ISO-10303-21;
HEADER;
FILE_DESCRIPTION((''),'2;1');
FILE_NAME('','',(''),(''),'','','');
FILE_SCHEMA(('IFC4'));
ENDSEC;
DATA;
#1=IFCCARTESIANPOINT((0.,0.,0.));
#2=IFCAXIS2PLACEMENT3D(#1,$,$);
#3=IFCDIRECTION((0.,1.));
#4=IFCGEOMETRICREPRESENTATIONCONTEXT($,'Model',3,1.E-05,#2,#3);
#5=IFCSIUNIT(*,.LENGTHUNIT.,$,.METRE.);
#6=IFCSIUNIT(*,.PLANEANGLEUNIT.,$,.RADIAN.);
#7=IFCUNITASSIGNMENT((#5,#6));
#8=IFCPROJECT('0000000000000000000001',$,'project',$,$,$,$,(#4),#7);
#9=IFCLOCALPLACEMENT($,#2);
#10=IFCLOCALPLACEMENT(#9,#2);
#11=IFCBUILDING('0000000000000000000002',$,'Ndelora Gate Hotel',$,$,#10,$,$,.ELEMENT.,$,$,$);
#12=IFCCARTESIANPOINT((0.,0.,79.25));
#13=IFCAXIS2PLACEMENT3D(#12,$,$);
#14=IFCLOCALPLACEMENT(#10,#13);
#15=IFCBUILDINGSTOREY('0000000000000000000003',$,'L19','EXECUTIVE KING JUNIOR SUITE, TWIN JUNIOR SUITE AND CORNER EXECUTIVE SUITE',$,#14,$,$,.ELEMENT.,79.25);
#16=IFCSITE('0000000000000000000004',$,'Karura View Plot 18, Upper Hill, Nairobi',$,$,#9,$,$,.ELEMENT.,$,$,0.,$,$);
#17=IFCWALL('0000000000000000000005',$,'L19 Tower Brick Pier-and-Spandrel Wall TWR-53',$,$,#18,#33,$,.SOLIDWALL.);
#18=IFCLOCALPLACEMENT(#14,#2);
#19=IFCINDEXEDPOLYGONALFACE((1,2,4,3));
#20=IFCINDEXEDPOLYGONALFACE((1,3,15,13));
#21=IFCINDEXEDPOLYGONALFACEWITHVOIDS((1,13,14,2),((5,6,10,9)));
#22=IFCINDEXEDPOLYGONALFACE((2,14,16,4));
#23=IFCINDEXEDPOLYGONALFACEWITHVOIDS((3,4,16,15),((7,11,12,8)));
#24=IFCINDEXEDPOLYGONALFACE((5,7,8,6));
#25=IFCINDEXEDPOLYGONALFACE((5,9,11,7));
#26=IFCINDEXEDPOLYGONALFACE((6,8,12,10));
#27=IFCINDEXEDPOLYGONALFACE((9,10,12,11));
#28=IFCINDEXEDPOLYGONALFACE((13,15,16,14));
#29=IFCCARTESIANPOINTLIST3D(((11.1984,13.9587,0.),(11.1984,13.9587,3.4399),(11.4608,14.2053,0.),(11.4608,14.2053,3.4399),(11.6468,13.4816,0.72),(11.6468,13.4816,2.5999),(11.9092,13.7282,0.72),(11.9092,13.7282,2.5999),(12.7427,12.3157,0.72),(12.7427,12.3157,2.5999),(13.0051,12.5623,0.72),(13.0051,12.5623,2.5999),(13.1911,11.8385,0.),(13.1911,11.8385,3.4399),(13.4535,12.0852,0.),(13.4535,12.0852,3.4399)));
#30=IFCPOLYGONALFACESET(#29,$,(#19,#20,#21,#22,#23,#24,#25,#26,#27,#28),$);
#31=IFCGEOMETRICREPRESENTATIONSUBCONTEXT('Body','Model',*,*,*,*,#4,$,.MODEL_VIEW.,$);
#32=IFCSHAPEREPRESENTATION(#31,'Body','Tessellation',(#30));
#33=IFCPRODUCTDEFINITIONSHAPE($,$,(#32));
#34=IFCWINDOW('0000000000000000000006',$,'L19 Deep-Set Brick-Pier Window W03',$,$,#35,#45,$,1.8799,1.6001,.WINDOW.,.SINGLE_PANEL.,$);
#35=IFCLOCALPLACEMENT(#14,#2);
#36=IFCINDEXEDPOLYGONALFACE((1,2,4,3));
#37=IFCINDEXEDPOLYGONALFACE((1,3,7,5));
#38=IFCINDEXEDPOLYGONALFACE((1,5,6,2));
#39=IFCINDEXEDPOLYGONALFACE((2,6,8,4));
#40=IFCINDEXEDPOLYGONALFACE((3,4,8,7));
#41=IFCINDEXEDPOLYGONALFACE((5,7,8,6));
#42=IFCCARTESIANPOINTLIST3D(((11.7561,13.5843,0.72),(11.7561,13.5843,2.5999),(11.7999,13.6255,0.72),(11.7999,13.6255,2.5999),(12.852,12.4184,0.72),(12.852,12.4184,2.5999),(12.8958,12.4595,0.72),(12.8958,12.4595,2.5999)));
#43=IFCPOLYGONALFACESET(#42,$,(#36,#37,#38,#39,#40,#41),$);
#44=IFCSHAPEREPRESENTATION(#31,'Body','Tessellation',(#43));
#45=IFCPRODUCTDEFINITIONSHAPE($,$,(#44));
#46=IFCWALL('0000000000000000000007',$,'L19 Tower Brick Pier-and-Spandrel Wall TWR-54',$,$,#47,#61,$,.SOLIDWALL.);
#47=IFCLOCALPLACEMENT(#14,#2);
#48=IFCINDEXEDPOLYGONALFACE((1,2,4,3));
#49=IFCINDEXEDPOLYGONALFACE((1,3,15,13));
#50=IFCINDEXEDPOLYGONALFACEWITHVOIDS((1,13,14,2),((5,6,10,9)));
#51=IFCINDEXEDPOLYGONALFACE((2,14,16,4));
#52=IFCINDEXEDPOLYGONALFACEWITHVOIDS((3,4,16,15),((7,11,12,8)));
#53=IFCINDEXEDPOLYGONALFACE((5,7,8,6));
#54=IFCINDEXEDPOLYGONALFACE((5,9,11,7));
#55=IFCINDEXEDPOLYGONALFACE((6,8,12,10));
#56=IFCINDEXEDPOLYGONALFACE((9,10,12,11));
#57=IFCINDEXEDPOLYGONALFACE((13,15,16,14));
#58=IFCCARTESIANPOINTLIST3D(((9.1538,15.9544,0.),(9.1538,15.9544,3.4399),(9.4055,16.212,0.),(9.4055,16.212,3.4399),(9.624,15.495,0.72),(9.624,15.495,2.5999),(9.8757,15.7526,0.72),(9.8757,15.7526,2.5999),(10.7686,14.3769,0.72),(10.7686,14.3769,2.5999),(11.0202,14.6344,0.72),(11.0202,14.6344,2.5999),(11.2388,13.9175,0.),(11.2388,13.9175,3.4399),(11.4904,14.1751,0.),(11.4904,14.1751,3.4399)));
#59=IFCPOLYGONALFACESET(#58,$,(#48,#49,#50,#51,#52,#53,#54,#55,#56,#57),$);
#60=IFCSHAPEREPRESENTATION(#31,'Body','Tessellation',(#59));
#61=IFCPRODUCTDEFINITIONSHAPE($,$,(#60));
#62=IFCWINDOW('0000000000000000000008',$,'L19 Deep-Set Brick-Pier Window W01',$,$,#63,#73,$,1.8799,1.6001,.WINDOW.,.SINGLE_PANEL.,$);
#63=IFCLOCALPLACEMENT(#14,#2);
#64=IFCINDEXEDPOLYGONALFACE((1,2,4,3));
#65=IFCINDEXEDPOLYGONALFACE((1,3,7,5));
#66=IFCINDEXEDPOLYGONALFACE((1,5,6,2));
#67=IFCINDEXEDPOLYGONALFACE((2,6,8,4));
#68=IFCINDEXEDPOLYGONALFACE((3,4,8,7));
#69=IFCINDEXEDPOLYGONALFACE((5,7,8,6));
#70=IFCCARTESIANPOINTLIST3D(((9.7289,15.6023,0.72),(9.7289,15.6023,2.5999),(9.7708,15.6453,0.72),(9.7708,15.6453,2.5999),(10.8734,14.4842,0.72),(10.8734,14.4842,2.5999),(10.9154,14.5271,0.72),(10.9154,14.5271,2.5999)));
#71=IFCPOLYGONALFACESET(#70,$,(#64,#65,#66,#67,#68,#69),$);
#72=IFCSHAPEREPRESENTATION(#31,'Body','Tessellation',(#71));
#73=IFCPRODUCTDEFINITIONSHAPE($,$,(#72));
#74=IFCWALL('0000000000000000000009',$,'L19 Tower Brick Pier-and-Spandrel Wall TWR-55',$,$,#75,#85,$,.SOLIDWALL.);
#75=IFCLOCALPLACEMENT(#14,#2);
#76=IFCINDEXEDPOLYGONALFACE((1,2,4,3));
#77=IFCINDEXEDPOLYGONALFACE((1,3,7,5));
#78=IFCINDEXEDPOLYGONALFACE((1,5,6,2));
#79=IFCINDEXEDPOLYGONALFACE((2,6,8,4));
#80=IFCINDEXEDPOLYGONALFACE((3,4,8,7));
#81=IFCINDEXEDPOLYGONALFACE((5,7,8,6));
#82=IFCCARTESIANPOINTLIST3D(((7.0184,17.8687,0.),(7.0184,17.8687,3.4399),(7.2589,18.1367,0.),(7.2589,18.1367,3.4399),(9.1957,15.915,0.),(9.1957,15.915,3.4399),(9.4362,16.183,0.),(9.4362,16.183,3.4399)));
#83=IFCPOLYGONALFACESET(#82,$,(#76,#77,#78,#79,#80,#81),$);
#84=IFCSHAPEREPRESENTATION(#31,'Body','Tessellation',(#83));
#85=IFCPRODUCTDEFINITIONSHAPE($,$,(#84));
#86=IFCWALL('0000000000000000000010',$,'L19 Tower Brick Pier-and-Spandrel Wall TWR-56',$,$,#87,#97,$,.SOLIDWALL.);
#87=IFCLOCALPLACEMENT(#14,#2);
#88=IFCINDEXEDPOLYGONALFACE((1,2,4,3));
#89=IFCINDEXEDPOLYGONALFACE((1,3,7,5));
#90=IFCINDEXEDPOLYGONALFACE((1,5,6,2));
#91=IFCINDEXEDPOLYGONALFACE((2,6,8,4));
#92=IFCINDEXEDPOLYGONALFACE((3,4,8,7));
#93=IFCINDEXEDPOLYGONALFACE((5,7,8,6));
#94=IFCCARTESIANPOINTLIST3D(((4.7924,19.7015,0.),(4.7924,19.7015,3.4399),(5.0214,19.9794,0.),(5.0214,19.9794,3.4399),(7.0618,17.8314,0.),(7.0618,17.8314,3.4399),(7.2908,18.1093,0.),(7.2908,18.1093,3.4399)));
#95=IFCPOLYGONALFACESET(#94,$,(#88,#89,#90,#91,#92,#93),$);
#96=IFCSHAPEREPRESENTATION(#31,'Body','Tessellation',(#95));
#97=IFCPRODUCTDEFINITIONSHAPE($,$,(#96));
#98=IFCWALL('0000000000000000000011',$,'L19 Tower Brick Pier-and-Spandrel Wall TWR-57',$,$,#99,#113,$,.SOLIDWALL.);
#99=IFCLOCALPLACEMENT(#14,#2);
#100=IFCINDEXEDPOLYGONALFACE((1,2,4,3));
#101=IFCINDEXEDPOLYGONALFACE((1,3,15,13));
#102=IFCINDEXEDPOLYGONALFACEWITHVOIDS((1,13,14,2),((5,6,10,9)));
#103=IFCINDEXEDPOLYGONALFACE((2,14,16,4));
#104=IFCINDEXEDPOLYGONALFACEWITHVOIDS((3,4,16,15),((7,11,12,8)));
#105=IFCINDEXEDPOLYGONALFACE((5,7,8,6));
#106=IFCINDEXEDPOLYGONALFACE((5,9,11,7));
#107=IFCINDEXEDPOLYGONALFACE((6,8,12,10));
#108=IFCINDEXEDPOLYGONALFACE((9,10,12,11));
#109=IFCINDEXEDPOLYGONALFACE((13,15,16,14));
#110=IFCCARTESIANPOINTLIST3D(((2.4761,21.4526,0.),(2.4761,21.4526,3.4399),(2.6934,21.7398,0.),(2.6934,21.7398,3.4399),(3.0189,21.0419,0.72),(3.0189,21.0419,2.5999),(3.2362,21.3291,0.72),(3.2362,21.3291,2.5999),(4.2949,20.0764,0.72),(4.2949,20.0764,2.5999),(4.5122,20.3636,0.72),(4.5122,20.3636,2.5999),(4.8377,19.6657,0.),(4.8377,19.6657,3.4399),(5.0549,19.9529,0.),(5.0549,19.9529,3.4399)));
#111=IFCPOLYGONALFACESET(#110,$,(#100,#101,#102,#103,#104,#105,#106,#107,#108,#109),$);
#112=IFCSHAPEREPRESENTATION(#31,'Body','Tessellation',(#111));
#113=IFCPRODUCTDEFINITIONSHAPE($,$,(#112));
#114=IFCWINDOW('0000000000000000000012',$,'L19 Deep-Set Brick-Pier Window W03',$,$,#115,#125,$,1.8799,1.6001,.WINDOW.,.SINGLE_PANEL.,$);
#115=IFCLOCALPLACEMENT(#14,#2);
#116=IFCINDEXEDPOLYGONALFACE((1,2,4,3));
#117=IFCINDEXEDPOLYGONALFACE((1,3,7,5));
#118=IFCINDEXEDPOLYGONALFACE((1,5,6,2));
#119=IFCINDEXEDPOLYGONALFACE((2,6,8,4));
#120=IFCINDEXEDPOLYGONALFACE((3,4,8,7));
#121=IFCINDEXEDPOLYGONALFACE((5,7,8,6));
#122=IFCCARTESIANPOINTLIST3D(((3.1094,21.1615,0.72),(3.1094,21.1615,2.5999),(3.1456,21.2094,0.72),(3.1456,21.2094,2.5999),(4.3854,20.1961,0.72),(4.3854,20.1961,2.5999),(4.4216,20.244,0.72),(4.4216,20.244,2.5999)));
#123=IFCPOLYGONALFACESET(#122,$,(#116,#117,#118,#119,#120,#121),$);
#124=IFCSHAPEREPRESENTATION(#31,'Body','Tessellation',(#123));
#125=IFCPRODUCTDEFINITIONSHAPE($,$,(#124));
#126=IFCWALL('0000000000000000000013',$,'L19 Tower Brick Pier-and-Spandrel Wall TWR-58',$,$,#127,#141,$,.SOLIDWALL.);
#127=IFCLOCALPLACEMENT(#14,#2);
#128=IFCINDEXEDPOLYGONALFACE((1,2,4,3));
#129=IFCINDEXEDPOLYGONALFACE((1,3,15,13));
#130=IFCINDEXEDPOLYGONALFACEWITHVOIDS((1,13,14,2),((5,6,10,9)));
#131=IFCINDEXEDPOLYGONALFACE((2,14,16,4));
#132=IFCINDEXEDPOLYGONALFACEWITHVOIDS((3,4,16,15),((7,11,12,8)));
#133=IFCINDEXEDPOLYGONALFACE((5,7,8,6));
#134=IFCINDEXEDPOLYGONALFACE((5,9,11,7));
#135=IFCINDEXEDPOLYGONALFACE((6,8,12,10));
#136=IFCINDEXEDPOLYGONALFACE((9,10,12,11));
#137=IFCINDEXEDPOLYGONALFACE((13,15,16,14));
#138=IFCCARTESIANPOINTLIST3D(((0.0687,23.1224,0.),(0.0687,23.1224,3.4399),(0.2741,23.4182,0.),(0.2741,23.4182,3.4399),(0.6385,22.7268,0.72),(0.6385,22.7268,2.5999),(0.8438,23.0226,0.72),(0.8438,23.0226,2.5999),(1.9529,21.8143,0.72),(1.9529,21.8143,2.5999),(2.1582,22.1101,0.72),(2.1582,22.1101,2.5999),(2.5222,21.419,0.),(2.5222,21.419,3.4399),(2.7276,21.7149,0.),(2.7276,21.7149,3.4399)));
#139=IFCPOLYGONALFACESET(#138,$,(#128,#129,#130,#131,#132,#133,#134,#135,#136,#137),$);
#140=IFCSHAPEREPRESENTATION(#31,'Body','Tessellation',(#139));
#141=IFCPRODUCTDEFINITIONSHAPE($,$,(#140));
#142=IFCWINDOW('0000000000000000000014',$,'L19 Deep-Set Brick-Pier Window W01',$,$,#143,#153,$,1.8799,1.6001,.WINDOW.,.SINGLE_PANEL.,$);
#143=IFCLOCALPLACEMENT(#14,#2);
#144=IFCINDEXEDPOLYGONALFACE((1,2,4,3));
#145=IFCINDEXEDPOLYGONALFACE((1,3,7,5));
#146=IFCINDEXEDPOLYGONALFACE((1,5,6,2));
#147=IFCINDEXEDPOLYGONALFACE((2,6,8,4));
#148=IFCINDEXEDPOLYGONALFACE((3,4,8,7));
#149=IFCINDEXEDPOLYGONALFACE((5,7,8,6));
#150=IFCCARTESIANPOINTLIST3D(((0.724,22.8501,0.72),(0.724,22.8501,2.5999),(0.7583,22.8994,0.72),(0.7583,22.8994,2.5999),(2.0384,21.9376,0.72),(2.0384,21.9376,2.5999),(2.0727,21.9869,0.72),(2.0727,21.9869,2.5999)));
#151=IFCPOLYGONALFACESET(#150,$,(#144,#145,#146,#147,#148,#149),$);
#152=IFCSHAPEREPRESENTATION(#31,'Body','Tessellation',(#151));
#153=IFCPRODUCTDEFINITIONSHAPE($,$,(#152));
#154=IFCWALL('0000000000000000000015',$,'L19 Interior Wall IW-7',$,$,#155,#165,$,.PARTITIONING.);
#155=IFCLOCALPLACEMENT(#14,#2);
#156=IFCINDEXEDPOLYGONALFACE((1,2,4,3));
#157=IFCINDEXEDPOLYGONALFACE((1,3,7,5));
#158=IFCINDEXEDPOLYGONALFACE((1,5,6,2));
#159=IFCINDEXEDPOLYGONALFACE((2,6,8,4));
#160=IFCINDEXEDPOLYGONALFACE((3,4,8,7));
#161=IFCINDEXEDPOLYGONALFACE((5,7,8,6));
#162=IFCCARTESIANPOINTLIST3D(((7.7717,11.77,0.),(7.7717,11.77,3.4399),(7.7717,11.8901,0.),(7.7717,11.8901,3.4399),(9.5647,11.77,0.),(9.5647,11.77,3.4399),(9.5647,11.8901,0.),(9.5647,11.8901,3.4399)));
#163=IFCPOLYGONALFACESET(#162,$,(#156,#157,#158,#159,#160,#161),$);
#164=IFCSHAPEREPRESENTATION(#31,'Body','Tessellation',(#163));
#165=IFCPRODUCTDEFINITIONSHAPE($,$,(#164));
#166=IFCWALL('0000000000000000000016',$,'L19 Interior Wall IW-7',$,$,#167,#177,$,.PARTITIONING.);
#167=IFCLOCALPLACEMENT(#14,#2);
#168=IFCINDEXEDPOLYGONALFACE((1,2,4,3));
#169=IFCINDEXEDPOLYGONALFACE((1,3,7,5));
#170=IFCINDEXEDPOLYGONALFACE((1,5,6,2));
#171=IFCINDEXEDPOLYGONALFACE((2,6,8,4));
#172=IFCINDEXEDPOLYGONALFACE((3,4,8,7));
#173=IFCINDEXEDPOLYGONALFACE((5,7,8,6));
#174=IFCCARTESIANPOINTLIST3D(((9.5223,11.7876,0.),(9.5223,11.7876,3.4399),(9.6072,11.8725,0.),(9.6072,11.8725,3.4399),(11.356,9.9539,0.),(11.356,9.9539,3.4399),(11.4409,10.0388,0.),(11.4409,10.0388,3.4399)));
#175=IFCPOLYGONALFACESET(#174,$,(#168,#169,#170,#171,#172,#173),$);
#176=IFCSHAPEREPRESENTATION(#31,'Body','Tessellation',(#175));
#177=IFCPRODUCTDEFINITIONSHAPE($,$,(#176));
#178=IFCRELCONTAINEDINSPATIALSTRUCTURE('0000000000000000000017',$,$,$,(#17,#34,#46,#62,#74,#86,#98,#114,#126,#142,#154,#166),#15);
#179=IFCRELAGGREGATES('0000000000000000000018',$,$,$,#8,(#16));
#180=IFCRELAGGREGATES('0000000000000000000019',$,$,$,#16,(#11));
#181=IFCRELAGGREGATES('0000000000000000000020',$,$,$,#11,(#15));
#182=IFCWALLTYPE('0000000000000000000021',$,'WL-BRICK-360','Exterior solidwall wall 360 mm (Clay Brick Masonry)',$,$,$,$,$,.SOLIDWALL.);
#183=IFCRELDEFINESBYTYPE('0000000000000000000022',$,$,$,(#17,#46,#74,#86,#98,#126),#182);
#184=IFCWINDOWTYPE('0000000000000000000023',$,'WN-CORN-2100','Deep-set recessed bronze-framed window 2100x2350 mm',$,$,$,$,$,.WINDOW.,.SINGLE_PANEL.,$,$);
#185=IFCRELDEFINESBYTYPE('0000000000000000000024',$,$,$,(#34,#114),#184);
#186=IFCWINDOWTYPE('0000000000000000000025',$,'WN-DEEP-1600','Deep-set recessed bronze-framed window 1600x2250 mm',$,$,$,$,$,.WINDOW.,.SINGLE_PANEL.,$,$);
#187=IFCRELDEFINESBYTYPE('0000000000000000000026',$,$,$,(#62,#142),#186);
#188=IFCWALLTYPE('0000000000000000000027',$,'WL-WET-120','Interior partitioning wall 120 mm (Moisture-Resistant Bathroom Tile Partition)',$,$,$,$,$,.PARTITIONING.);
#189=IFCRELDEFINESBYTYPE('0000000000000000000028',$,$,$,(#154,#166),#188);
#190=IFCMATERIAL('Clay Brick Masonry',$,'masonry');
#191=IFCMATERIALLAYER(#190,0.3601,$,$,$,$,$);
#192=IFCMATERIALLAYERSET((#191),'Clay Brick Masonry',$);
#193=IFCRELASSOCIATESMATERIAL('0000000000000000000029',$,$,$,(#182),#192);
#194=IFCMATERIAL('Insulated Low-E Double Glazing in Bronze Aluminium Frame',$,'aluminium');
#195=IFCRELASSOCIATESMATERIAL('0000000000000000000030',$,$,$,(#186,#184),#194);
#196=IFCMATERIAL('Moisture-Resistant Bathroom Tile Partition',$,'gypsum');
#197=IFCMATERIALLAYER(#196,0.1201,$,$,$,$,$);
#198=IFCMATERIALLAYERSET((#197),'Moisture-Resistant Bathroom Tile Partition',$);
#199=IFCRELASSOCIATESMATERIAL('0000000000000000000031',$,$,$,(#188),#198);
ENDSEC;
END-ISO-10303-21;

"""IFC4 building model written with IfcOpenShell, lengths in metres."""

from ifc_helpers import new_model, si_unit, direction, frame, frame_2d, origin, place, context, subcontext, project, spatial, rectangle, extrude, material, layer, layer_set, type_object, element, fill, save


model = new_model("IFC4")

# Units and contexts
model_context = context("Model", 3, precision=1e-05, world=origin(), true_north=direction((0.0, 1.0)))
body_context = subcontext(model_context, "Body", "Model", "MODEL_VIEW")
ifc_project = project(units=[si_unit("LENGTHUNIT", "METRE"), si_unit("PLANEANGLEUNIT", "RADIAN")], contexts=[model_context])

# Site, building, storey
site_placement = place(None, origin())
site = spatial("IfcSite", under=ifc_project, at=site_placement, Name="Karura View Plot 18, Upper Hill, Nairobi", CompositionType="ELEMENT", RefElevation=0.0)
building_placement = place(site_placement, origin())
building = spatial("IfcBuilding", under=site, at=building_placement, Name="Ndelora Gate Hotel", CompositionType="ELEMENT")
storey_placement = place(building_placement, frame((0.0, 0.0, 79.25)))
storey = spatial("IfcBuildingStorey", under=building, at=storey_placement, Name="L19", Description="EXECUTIVE KING JUNIOR SUITE, TWIN JUNIOR SUITE AND CORNER EXECUTIVE SUITE", CompositionType="ELEMENT", Elevation=79.25)

# Shared definitions
ifc_material_1 = material(Name="Clay Brick Masonry", Category="masonry")
ifc_layer_1 = layer(ifc_material_1, 0.3601)
ifc_layer_set_1 = layer_set([ifc_layer_1], Name="Clay Brick Masonry")
wall_type_1 = type_object("IfcWallType", Name="WL-BRICK-360", Description="Exterior solidwall wall 360 mm (Clay Brick Masonry)", PredefinedType="SOLIDWALL", material=ifc_layer_set_1)
ifc_material_2 = material(Name="Insulated Low-E Double Glazing in Bronze Aluminium Frame", Category="aluminium")
window_type_1 = type_object("IfcWindowType", Name="WN-DEEP-1600", Description="Deep-set recessed bronze-framed window 1600x2250 mm", PartitioningType="SINGLE_PANEL", PredefinedType="WINDOW", material=ifc_material_2)

# Walls, openings, windows
wall_1_placement = place(storey_placement, frame((11.3296, 14.082, 0.0), z_axis=(0.0, 0.0, 1.0), x_axis=(0.684867, -0.728668, 0.0)))
wall_1 = element("IfcWall", 1, at=wall_1_placement, inside=storey, type_object=wall_type_1, Name="L19 Tower Brick Pier-and-Spandrel Wall TWR-53", PredefinedType="SOLIDWALL", context=body_context, shape_type="SweptSolid", body=[
    extrude(rectangle(XDim=2.9097, YDim=0.3601, at=frame_2d((1.4548, 0.0))), origin(), (0.0, 0.0, 1.0), 3.4399),
])
opening_1_placement = place(wall_1_placement, frame((0.6548, 0.0, 0.72)))
opening_1 = element("IfcOpeningElement", 2, at=opening_1_placement, cuts=wall_1, PredefinedType="OPENING", context=body_context, shape_type="SweptSolid", body=[
    extrude(rectangle(XDim=1.6001, YDim=1.8799, at=frame_2d((0.8, 0.9399))), frame((0.0, 0.1899, 0.0), z_axis=(0.0, -1.0, 0.0), x_axis=(1.0, 0.0, 0.0)), (0.0, 0.0, 1.0), 0.3801),
])
window_type_2 = type_object("IfcWindowType", Name="WN-CORN-2100", Description="Deep-set recessed bronze-framed window 2100x2350 mm", PartitioningType="SINGLE_PANEL", PredefinedType="WINDOW", material=ifc_material_2)
window_1_placement = place(opening_1_placement, origin())
window_1 = element("IfcWindow", 3, at=window_1_placement, inside=storey, type_object=window_type_2, Name="L19 Deep-Set Brick-Pier Window W03", OverallHeight=1.8799, OverallWidth=1.6001, PartitioningType="SINGLE_PANEL", PredefinedType="WINDOW", context=body_context, shape_type="SweptSolid", body=[
    extrude(rectangle(XDim=1.6001, YDim=1.8799, at=frame_2d((0.8, 0.9399))), frame((0.0, 0.03, 0.0), z_axis=(0.0, -1.0, 0.0), x_axis=(1.0, 0.0, 0.0)), (0.0, 0.0, 1.0), 0.0601),
])
fill(opening_1, window_1)
wall_2_placement = place(storey_placement, frame((9.2795, 16.0833, 0.0), z_axis=(0.0, 0.0, 1.0), x_axis=(0.715309, -0.698808, 0.0)))
wall_2 = element("IfcWall", 4, at=wall_2_placement, inside=storey, type_object=wall_type_1, Name="L19 Tower Brick Pier-and-Spandrel Wall TWR-54", PredefinedType="SOLIDWALL", context=body_context, shape_type="SweptSolid", body=[
    extrude(rectangle(XDim=2.9148, YDim=0.3601, at=frame_2d((1.4575, 0.0))), origin(), (0.0, 0.0, 1.0), 3.4399),
])
opening_2_placement = place(wall_2_placement, frame((0.6575, 0.0, 0.72)))
opening_2 = element("IfcOpeningElement", 5, at=opening_2_placement, cuts=wall_2, PredefinedType="OPENING", context=body_context, shape_type="SweptSolid", body=[
    extrude(rectangle(XDim=1.6001, YDim=1.8799, at=frame_2d((0.8, 0.9399))), frame((0.0, 0.1899, 0.0), z_axis=(0.0, -1.0, 0.0), x_axis=(1.0, 0.0, 0.0)), (0.0, 0.0, 1.0), 0.3801),
])
window_2_placement = place(opening_2_placement, origin())
window_2 = element("IfcWindow", 6, at=window_2_placement, inside=storey, type_object=window_type_1, Name="L19 Deep-Set Brick-Pier Window W01", OverallHeight=1.8799, OverallWidth=1.6001, PartitioningType="SINGLE_PANEL", PredefinedType="WINDOW", context=body_context, shape_type="SweptSolid", body=[
    extrude(rectangle(XDim=1.6001, YDim=1.8799, at=frame_2d((0.8, 0.9399))), frame((0.0, 0.03, 0.0), z_axis=(0.0, -1.0, 0.0), x_axis=(1.0, 0.0, 0.0)), (0.0, 0.0, 1.0), 0.0601),
])
fill(opening_2, window_2)

# Walls
wall_3_placement = place(storey_placement, frame((7.1387, 18.0027, 0.0), z_axis=(0.0, 0.0, 1.0), x_axis=(0.744298, -0.667848, 0.0)))
element("IfcWall", 7, at=wall_3_placement, inside=storey, type_object=wall_type_1, Name="L19 Tower Brick Pier-and-Spandrel Wall TWR-55", PredefinedType="SOLIDWALL", context=body_context, shape_type="SweptSolid", body=[
    extrude(rectangle(XDim=2.9253, YDim=0.3601, at=frame_2d((1.4626, 0.0))), origin(), (0.0, 0.0, 1.0), 3.4399),
])
wall_4_placement = place(storey_placement, frame((4.907, 19.8403, 0.0), z_axis=(0.0, 0.0, 1.0), x_axis=(0.771748, -0.635928, 0.0)))
element("IfcWall", 8, at=wall_4_placement, inside=storey, type_object=wall_type_1, Name="L19 Tower Brick Pier-and-Spandrel Wall TWR-56", PredefinedType="SOLIDWALL", context=body_context, shape_type="SweptSolid", body=[
    extrude(rectangle(XDim=2.9407, YDim=0.3601, at=frame_2d((1.4702, 0.0))), origin(), (0.0, 0.0, 1.0), 3.4399),
])

# Walls, openings, windows
wall_5_placement = place(storey_placement, frame((2.5847, 21.5962, 0.0), z_axis=(0.0, 0.0, 1.0), x_axis=(0.79745, -0.603385, 0.0)))
wall_5 = element("IfcWall", 9, at=wall_5_placement, inside=storey, type_object=wall_type_1, Name="L19 Tower Brick Pier-and-Spandrel Wall TWR-57", PredefinedType="SOLIDWALL", context=body_context, shape_type="SweptSolid", body=[
    extrude(rectangle(XDim=2.9614, YDim=0.3601, at=frame_2d((1.4807, 0.0))), origin(), (0.0, 0.0, 1.0), 3.4399),
])
opening_3_placement = place(wall_5_placement, frame((0.6807, 0.0, 0.72)))
opening_3 = element("IfcOpeningElement", 10, at=opening_3_placement, cuts=wall_5, PredefinedType="OPENING", context=body_context, shape_type="SweptSolid", body=[
    extrude(rectangle(XDim=1.6001, YDim=1.8799, at=frame_2d((0.8, 0.9399))), frame((0.0, 0.1899, 0.0), z_axis=(0.0, -1.0, 0.0), x_axis=(1.0, 0.0, 0.0)), (0.0, 0.0, 1.0), 0.3801),
])
window_3_placement = place(opening_3_placement, origin())
window_3 = element("IfcWindow", 11, at=window_3_placement, inside=storey, type_object=window_type_2, Name="L19 Deep-Set Brick-Pier Window W03", OverallHeight=1.8799, OverallWidth=1.6001, PartitioningType="SINGLE_PANEL", PredefinedType="WINDOW", context=body_context, shape_type="SweptSolid", body=[
    extrude(rectangle(XDim=1.6001, YDim=1.8799, at=frame_2d((0.8, 0.9399))), frame((0.0, 0.03, 0.0), z_axis=(0.0, -1.0, 0.0), x_axis=(1.0, 0.0, 0.0)), (0.0, 0.0, 1.0), 0.0601),
])
fill(opening_3, window_3)
wall_6_placement = place(storey_placement, frame((0.1714, 23.2703, 0.0), z_axis=(0.0, 0.0, 1.0), x_axis=(0.821453, -0.570276, 0.0)))
wall_6 = element("IfcWall", 12, at=wall_6_placement, inside=storey, type_object=wall_type_1, Name="L19 Tower Brick Pier-and-Spandrel Wall TWR-58", PredefinedType="SOLIDWALL", context=body_context, shape_type="SweptSolid", body=[
    extrude(rectangle(XDim=2.9868, YDim=0.3601, at=frame_2d((1.4934, 0.0))), origin(), (0.0, 0.0, 1.0), 3.4399),
])
opening_4_placement = place(wall_6_placement, frame((0.6936, 0.0, 0.72)))
opening_4 = element("IfcOpeningElement", 13, at=opening_4_placement, cuts=wall_6, PredefinedType="OPENING", context=body_context, shape_type="SweptSolid", body=[
    extrude(rectangle(XDim=1.6001, YDim=1.8799, at=frame_2d((0.8, 0.9399))), frame((0.0, 0.1899, 0.0), z_axis=(0.0, -1.0, 0.0), x_axis=(1.0, 0.0, 0.0)), (0.0, 0.0, 1.0), 0.3801),
])
window_4_placement = place(opening_4_placement, origin())
window_4 = element("IfcWindow", 14, at=window_4_placement, inside=storey, type_object=window_type_1, Name="L19 Deep-Set Brick-Pier Window W01", OverallHeight=1.8799, OverallWidth=1.6001, PartitioningType="SINGLE_PANEL", PredefinedType="WINDOW", context=body_context, shape_type="SweptSolid", body=[
    extrude(rectangle(XDim=1.6001, YDim=1.8799, at=frame_2d((0.8, 0.9399))), frame((0.0, 0.03, 0.0), z_axis=(0.0, -1.0, 0.0), x_axis=(1.0, 0.0, 0.0)), (0.0, 0.0, 1.0), 0.0601),
])
fill(opening_4, window_4)

# Walls
ifc_material_3 = material(Name="Moisture-Resistant Bathroom Tile Partition", Category="gypsum")
ifc_layer_2 = layer(ifc_material_3, 0.1201)
ifc_layer_set_2 = layer_set([ifc_layer_2], Name="Moisture-Resistant Bathroom Tile Partition")
wall_type_2 = type_object("IfcWallType", Name="WL-WET-120", Description="Interior partitioning wall 120 mm (Moisture-Resistant Bathroom Tile Partition)", PredefinedType="PARTITIONING", material=ifc_layer_set_2)
wall_7_placement = place(storey_placement, frame((7.7717, 11.8301, 0.0), z_axis=(0.0, 0.0, 1.0), x_axis=(1.0, 0.0, 0.0)))
element("IfcWall", 15, at=wall_7_placement, inside=storey, type_object=wall_type_2, Name="L19 Interior Wall IW-7", PredefinedType="PARTITIONING", context=body_context, shape_type="SweptSolid", body=[
    extrude(rectangle(XDim=1.793, YDim=0.1201, at=frame_2d((0.8965, 0.0))), origin(), (0.0, 0.0, 1.0), 3.4399),
])
wall_8_placement = place(storey_placement, frame((11.3984, 9.9963, 0.0), z_axis=(0.0, 0.0, 1.0), x_axis=(-0.707107, 0.707107, 0.0)))
element("IfcWall", 16, at=wall_8_placement, inside=storey, type_object=wall_type_2, Name="L19 Interior Wall IW-7", PredefinedType="PARTITIONING", context=body_context, shape_type="SweptSolid", body=[
    extrude(rectangle(XDim=2.5933, YDim=0.1201, at=frame_2d((1.2966, 0.0))), origin(), (0.0, 0.0, 1.0), 3.4399),
])

save(model, "model.ifc")
